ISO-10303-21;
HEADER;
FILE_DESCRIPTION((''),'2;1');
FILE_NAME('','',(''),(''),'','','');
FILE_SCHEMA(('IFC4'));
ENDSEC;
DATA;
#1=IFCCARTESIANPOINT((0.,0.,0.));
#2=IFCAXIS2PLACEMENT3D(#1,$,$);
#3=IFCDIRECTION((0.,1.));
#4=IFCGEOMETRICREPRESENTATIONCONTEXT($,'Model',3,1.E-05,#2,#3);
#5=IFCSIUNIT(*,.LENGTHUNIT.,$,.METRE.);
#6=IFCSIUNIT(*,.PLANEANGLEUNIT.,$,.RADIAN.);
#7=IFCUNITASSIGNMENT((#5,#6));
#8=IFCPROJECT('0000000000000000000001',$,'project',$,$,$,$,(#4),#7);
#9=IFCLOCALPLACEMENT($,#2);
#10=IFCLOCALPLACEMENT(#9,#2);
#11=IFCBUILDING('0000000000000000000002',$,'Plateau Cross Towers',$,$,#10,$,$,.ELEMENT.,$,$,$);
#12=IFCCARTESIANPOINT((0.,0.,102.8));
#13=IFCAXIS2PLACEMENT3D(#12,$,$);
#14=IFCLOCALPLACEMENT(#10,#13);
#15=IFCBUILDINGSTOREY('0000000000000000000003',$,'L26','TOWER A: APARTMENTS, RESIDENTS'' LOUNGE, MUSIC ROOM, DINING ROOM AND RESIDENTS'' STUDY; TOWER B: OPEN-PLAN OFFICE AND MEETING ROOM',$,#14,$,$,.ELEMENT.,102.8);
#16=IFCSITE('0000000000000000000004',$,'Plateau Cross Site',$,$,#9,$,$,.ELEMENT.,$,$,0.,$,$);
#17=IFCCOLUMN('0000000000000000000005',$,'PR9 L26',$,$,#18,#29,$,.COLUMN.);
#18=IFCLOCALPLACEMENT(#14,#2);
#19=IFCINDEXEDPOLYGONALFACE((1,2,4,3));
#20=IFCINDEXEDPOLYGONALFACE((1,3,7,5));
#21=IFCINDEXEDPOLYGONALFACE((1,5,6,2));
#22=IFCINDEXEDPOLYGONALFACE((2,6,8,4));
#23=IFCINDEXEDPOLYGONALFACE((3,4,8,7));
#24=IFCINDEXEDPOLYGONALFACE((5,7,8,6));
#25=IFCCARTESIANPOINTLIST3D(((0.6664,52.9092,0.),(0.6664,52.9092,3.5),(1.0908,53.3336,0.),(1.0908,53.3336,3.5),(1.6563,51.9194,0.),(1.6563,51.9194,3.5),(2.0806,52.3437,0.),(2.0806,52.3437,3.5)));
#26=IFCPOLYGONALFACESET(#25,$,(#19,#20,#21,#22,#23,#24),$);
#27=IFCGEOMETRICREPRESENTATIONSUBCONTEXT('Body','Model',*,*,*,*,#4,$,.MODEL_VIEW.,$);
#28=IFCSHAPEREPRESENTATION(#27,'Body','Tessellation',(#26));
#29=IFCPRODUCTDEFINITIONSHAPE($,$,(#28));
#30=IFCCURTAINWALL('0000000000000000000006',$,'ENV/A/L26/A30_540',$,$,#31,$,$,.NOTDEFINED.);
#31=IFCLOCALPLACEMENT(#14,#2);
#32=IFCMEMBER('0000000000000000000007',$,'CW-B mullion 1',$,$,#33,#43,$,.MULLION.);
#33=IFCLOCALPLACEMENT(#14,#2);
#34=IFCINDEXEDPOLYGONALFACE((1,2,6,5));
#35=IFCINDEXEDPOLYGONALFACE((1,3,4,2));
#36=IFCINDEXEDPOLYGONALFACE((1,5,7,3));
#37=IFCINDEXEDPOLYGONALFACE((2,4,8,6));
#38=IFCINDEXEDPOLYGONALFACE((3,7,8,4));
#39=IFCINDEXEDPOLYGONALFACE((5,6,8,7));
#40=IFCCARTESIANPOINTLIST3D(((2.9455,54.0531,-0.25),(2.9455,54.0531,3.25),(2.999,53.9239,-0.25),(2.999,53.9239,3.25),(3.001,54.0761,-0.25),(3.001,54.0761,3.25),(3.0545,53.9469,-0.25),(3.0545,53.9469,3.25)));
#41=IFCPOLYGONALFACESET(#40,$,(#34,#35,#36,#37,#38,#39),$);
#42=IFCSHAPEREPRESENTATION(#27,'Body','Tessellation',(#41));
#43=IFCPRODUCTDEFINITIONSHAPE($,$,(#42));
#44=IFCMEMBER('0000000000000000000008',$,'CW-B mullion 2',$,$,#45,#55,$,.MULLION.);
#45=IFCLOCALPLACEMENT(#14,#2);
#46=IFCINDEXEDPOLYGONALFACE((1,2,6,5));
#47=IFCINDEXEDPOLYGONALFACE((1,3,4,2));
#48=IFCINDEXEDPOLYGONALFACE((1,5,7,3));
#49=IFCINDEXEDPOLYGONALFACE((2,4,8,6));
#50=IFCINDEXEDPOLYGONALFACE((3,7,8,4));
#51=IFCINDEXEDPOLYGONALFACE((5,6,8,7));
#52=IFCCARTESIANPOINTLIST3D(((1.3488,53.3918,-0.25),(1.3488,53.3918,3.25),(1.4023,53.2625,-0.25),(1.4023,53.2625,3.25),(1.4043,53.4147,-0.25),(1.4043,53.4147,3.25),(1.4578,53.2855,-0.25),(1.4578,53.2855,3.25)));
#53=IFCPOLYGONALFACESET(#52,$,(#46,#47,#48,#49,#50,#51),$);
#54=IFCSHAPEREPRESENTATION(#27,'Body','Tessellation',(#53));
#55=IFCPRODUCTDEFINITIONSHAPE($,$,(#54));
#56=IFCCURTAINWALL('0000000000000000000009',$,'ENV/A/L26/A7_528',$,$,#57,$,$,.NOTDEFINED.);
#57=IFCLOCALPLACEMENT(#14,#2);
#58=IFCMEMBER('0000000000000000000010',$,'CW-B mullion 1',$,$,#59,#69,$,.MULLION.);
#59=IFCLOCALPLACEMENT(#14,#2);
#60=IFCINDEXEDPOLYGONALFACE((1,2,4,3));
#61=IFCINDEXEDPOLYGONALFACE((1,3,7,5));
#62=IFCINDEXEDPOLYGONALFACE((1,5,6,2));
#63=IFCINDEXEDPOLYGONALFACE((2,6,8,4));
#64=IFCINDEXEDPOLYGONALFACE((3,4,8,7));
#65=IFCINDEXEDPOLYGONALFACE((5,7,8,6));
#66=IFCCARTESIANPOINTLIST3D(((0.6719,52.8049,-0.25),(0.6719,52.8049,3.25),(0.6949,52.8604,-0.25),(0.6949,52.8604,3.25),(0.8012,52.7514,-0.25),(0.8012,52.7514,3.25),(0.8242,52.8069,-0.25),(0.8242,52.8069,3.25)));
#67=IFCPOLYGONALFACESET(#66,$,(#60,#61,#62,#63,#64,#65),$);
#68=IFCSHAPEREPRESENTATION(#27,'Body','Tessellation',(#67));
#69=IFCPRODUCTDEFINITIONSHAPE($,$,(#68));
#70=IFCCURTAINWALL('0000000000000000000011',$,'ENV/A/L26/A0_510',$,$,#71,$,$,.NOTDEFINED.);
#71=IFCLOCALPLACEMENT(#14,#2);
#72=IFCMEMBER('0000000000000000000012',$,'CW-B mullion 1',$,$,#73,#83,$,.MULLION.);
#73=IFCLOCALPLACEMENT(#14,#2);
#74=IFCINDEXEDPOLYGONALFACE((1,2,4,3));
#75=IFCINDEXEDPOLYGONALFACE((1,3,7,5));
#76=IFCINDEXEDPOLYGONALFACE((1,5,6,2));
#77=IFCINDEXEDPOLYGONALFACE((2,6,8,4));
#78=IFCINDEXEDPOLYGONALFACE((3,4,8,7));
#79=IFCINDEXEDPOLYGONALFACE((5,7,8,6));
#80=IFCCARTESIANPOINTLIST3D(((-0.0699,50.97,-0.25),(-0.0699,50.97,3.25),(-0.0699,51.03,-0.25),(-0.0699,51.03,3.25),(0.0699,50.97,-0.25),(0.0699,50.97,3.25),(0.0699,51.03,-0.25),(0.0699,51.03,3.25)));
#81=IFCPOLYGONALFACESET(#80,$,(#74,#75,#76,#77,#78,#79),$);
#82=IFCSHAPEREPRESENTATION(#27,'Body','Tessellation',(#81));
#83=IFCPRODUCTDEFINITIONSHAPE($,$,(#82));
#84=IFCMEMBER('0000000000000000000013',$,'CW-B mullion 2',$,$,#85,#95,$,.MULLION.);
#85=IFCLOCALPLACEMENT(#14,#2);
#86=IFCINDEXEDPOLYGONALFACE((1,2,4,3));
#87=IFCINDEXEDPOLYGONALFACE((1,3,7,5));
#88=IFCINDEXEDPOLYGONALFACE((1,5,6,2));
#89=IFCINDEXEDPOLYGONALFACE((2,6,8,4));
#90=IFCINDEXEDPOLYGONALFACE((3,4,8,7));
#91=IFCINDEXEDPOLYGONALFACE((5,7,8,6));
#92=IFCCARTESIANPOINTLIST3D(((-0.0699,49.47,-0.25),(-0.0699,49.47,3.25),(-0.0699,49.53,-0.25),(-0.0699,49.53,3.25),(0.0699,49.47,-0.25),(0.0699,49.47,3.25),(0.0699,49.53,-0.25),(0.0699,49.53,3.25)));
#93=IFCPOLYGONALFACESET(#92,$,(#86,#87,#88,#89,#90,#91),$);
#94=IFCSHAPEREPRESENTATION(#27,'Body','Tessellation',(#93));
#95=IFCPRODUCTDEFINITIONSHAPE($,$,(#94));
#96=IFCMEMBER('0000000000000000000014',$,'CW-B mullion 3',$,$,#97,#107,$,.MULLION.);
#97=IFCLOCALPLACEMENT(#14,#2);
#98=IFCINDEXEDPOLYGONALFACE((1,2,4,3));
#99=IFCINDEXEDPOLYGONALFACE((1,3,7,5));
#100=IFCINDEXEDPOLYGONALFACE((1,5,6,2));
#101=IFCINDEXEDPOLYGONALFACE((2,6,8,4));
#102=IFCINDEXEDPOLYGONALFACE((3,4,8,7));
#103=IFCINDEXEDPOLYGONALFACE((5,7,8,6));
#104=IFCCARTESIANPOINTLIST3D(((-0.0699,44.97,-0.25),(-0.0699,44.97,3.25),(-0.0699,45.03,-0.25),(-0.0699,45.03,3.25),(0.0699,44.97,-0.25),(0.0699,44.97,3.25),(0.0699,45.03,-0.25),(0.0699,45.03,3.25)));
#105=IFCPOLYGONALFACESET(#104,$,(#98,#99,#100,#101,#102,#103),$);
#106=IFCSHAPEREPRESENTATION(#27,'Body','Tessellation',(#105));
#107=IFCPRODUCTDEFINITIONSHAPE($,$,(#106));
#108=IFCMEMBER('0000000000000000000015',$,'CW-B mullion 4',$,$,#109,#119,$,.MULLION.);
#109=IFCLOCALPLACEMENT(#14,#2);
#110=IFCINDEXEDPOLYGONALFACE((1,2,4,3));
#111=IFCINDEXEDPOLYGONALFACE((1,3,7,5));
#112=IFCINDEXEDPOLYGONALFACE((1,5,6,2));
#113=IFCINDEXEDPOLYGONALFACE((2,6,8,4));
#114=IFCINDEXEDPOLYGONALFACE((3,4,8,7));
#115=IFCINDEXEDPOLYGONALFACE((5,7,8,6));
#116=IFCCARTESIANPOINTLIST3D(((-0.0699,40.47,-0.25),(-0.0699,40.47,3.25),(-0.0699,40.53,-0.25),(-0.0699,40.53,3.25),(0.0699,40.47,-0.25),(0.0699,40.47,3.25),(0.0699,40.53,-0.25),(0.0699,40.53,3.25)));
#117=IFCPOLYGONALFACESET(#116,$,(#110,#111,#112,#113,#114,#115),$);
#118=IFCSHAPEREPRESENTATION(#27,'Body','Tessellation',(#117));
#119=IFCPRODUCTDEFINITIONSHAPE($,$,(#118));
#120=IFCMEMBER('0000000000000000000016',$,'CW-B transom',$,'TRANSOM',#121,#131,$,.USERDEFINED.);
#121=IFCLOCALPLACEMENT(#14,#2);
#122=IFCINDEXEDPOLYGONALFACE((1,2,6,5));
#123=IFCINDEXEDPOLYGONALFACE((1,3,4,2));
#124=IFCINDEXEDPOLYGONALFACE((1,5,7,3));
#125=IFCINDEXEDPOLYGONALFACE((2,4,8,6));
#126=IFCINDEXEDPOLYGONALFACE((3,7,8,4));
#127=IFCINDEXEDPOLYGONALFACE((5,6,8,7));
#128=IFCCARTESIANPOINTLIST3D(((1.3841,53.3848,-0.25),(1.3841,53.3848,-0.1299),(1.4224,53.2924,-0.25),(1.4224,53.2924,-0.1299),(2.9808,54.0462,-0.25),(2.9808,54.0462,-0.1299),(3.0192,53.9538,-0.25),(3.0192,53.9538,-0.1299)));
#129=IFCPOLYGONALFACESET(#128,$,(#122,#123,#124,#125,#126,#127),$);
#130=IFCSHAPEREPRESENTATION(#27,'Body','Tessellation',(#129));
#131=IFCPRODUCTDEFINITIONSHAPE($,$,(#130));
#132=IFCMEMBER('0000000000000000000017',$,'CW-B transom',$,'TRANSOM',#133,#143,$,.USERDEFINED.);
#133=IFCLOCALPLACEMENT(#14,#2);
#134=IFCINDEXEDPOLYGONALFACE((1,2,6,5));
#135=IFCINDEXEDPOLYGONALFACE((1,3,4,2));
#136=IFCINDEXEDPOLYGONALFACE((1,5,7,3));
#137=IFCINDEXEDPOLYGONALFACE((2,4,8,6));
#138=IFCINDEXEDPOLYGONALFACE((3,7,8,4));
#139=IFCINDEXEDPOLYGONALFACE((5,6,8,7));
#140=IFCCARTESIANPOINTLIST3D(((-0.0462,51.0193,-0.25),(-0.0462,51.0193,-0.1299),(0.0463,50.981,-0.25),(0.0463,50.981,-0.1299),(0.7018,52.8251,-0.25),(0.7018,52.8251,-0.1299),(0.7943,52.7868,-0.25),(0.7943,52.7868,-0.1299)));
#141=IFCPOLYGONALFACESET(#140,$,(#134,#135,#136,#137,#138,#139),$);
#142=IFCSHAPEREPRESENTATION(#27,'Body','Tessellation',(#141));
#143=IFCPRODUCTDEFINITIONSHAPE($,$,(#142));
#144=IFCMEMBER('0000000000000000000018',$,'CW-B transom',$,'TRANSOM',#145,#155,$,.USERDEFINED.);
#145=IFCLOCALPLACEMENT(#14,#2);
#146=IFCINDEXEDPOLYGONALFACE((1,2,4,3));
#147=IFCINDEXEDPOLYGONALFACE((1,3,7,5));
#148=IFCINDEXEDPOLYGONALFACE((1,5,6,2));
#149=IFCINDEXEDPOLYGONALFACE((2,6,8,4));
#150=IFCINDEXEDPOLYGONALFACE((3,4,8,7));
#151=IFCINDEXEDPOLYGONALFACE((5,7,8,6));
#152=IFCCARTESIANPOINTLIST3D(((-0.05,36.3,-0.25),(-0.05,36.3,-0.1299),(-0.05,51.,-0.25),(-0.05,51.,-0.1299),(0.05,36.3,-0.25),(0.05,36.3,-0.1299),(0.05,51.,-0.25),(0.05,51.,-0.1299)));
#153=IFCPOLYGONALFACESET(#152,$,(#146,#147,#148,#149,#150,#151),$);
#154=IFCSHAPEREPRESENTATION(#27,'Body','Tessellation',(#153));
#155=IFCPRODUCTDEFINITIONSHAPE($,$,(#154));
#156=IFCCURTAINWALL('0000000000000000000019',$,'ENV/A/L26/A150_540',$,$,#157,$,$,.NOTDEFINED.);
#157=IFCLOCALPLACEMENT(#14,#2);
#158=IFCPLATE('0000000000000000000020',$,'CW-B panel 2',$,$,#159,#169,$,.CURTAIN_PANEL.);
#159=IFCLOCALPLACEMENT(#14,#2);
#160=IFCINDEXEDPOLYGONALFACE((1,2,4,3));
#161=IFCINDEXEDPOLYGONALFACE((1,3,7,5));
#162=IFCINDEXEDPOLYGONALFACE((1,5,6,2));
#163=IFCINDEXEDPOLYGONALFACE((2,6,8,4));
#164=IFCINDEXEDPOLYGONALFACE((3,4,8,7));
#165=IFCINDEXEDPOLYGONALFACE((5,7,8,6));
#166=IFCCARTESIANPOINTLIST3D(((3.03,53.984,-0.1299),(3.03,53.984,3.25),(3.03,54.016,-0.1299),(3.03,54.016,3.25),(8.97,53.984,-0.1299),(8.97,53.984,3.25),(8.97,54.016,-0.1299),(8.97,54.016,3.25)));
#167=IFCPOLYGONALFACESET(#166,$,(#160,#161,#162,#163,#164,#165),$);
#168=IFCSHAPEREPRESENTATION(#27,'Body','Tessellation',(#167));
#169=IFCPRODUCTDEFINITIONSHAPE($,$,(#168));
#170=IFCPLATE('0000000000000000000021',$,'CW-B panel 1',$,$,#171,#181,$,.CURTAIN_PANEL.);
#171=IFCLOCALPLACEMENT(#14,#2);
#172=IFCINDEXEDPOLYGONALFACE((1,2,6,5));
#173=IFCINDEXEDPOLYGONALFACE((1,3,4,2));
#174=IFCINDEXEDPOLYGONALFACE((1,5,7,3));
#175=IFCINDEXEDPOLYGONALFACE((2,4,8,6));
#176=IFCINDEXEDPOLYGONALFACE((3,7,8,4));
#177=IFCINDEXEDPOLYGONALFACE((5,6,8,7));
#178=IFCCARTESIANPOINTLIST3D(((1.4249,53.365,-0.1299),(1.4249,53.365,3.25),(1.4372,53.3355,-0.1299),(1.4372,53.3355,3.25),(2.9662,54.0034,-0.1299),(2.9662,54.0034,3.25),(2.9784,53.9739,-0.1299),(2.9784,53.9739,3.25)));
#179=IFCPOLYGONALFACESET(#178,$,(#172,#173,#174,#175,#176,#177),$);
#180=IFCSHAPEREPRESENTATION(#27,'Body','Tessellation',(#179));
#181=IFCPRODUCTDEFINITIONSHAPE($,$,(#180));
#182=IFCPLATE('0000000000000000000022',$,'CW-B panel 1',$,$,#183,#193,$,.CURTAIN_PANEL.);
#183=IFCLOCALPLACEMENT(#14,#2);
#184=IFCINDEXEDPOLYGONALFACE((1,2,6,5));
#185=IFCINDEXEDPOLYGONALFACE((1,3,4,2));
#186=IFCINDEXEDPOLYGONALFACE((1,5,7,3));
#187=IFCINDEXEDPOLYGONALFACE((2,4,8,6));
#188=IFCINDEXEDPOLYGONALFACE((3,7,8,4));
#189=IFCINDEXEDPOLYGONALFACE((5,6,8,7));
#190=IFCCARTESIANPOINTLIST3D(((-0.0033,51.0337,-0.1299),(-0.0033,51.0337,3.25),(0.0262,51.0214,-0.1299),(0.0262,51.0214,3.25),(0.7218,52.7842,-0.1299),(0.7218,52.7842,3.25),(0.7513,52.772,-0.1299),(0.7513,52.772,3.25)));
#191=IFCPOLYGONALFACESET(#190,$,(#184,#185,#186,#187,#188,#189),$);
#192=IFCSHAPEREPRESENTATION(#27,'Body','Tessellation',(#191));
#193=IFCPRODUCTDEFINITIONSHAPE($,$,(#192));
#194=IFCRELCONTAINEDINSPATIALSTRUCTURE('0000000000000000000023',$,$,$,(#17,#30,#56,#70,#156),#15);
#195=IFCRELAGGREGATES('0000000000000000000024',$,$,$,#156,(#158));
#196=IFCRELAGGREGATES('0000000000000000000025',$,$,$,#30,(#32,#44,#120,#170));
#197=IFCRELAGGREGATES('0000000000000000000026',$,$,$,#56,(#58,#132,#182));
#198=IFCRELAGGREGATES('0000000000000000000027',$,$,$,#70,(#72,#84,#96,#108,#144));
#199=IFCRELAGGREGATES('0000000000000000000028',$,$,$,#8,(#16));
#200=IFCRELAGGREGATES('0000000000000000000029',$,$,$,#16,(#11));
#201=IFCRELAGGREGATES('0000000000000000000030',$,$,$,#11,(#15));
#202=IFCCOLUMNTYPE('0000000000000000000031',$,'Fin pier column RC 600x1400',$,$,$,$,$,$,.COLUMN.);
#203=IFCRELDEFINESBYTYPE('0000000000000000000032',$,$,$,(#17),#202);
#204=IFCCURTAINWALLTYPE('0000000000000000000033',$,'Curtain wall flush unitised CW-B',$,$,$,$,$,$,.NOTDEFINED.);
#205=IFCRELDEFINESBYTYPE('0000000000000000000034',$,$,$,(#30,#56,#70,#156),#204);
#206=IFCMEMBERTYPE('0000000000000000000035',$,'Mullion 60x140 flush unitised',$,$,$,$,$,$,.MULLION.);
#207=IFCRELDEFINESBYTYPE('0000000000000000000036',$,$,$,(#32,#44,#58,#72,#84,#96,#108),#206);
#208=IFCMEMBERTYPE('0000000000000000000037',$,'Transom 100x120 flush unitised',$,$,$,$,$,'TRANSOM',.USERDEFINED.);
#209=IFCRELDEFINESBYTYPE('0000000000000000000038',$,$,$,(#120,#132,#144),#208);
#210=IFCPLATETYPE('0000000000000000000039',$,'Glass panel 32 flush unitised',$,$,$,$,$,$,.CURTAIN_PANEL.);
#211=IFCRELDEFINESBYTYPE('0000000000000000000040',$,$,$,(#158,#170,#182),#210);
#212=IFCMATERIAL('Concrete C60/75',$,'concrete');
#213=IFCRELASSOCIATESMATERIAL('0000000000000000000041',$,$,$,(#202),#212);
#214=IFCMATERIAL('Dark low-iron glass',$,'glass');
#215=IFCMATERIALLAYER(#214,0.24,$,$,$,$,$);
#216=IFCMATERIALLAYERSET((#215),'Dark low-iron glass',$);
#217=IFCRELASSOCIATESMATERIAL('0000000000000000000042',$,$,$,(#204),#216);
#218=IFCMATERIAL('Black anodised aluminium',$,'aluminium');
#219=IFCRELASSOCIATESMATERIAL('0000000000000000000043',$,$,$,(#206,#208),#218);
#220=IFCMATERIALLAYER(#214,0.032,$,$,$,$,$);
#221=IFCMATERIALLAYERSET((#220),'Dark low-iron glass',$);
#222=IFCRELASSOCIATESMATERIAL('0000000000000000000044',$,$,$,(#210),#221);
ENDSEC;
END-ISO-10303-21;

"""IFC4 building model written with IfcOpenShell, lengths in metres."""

from ifc_helpers import new_model, si_unit, direction, frame, origin, origin_2d, place, context, subcontext, project, spatial, rectangle, extrude, material, layer, layer_set, material_profile, profile_set, type_object, element, aggregate, save


model = new_model("IFC4")

# Units and contexts
model_context = context("Model", 3, precision=1e-05, world=origin(), true_north=direction((0.0, 1.0)))
body_context = subcontext(model_context, "Body", "Model", "MODEL_VIEW")
ifc_project = project(units=[si_unit("LENGTHUNIT", "METRE"), si_unit("PLANEANGLEUNIT", "RADIAN")], contexts=[model_context])

# Site, building, storey
site_placement = place(None, origin())
site = spatial("IfcSite", under=ifc_project, at=site_placement, Name="Plateau Cross Site", CompositionType="ELEMENT", RefElevation=0.0)
building_placement = place(site_placement, origin())
building = spatial("IfcBuilding", under=site, at=building_placement, Name="Plateau Cross Towers", CompositionType="ELEMENT")
storey_placement = place(building_placement, frame((0.0, 0.0, 102.8)))
storey = spatial("IfcBuildingStorey", under=building, at=storey_placement, Name="L26", Description="TOWER A: APARTMENTS, RESIDENTS' LOUNGE, MUSIC ROOM, DINING ROOM AND RESIDENTS' STUDY; TOWER B: OPEN-PLAN OFFICE AND MEETING ROOM", CompositionType="ELEMENT", Elevation=102.8)

# Column
ifc_material_1 = material(Name="Concrete C60/75", Category="concrete")
ifc_material_profile_1 = material_profile(ifc_material_1, rectangle(XDim=0.6001, YDim=1.3999, at=origin_2d()), Name="RC 600x1400")
ifc_profile_set_1 = profile_set([ifc_material_profile_1], Name="Concrete C60/75")
column_type = type_object("IfcColumnType", Name="Fin pier column RC 600x1400", PredefinedType="COLUMN", material=ifc_profile_set_1)
column_placement = place(storey_placement, frame((1.3735, 52.6265, 0.0), z_axis=(0.0, 0.0, 1.0), x_axis=(0.707107, 0.707107, 0.0)))
element("IfcColumn", 1, at=column_placement, inside=storey, type_object=column_type, Name="PR9 L26", PredefinedType="COLUMN", context=body_context, shape_type="SweptSolid", body=[
    extrude(rectangle(XDim=0.6001, YDim=1.3999, at=origin_2d()), origin(), (0.0, 0.0, 1.0), 3.5),
])

# Curtain wall, members
ifc_material_2 = material(Name="Dark low-iron glass", Category="glass")
ifc_layer_1 = layer(ifc_material_2, 0.24)
ifc_layer_set_1 = layer_set([ifc_layer_1], Name="Dark low-iron glass")
curtain_wall_type = type_object("IfcCurtainWallType", Name="Curtain wall flush unitised CW-B", PredefinedType="NOTDEFINED", material=ifc_layer_set_1)
curtain_wall_1_placement = place(storey_placement, origin())
curtain_wall_1 = element("IfcCurtainWall", 2, at=curtain_wall_1_placement, inside=storey, type_object=curtain_wall_type, Name="ENV/A/L26/A30_540", PredefinedType="NOTDEFINED")
ifc_material_3 = material(Name="Black anodised aluminium", Category="aluminium")
ifc_material_profile_2 = material_profile(ifc_material_3, rectangle(XDim=0.0601, YDim=0.1399, at=origin_2d()), Name="MULLION 60x140")
ifc_profile_set_2 = profile_set([ifc_material_profile_2], Name="Black anodised aluminium")
member_type_1 = type_object("IfcMemberType", Name="Mullion 60x140 flush unitised", PredefinedType="MULLION", material=ifc_profile_set_2)
member_1_placement = place(storey_placement, frame((3.0, 54.0, -0.25), z_axis=(0.0, 0.0, 1.0), x_axis=(-0.923879, -0.382684, 0.0)))
member_1 = element("IfcMember", 3, at=member_1_placement, type_object=member_type_1, Name="CW-B mullion 1", PredefinedType="MULLION", context=body_context, shape_type="SweptSolid", body=[
    extrude(rectangle(XDim=0.0601, YDim=0.1399, at=origin_2d()), origin(), (0.0, 0.0, 1.0), 3.5),
])
member_2_placement = place(storey_placement, frame((1.4033, 53.3386, -0.25), z_axis=(0.0, 0.0, 1.0), x_axis=(-0.923879, -0.382684, 0.0)))
member_2 = element("IfcMember", 4, at=member_2_placement, type_object=member_type_1, Name="CW-B mullion 2", PredefinedType="MULLION", context=body_context, shape_type="SweptSolid", body=[
    extrude(rectangle(XDim=0.0601, YDim=0.1399, at=origin_2d()), origin(), (0.0, 0.0, 1.0), 3.5),
])

# Curtain wall, member
curtain_wall_2_placement = place(storey_placement, origin())
curtain_wall_2 = element("IfcCurtainWall", 5, at=curtain_wall_2_placement, inside=storey, type_object=curtain_wall_type, Name="ENV/A/L26/A7_528", PredefinedType="NOTDEFINED")
member_3_placement = place(storey_placement, frame((0.748, 52.8059, -0.25), z_axis=(0.0, 0.0, 1.0), x_axis=(-0.382684, -0.923879, 0.0)))
member_3 = element("IfcMember", 6, at=member_3_placement, type_object=member_type_1, Name="CW-B mullion 1", PredefinedType="MULLION", context=body_context, shape_type="SweptSolid", body=[
    extrude(rectangle(XDim=0.0601, YDim=0.1399, at=origin_2d()), origin(), (0.0, 0.0, 1.0), 3.5),
])

# Curtain wall, members
curtain_wall_3_placement = place(storey_placement, origin())
curtain_wall_3 = element("IfcCurtainWall", 7, at=curtain_wall_3_placement, inside=storey, type_object=curtain_wall_type, Name="ENV/A/L26/A0_510", PredefinedType="NOTDEFINED")
member_4_placement = place(storey_placement, frame((0.0, 51.0, -0.25), z_axis=(0.0, 0.0, 1.0), x_axis=(0.0, -1.0, 0.0)))
member_4 = element("IfcMember", 8, at=member_4_placement, type_object=member_type_1, Name="CW-B mullion 1", PredefinedType="MULLION", context=body_context, shape_type="SweptSolid", body=[
    extrude(rectangle(XDim=0.0601, YDim=0.1399, at=origin_2d()), origin(), (0.0, 0.0, 1.0), 3.5),
])
member_5_placement = place(storey_placement, frame((0.0, 49.5, -0.25), z_axis=(0.0, 0.0, 1.0), x_axis=(0.0, -1.0, 0.0)))
member_5 = element("IfcMember", 9, at=member_5_placement, type_object=member_type_1, Name="CW-B mullion 2", PredefinedType="MULLION", context=body_context, shape_type="SweptSolid", body=[
    extrude(rectangle(XDim=0.0601, YDim=0.1399, at=origin_2d()), origin(), (0.0, 0.0, 1.0), 3.5),
])
member_6_placement = place(storey_placement, frame((0.0, 45.0, -0.25), z_axis=(0.0, 0.0, 1.0), x_axis=(0.0, -1.0, 0.0)))
member_6 = element("IfcMember", 10, at=member_6_placement, type_object=member_type_1, Name="CW-B mullion 3", PredefinedType="MULLION", context=body_context, shape_type="SweptSolid", body=[
    extrude(rectangle(XDim=0.0601, YDim=0.1399, at=origin_2d()), origin(), (0.0, 0.0, 1.0), 3.5),
])
member_7_placement = place(storey_placement, frame((0.0, 40.5, -0.25), z_axis=(0.0, 0.0, 1.0), x_axis=(0.0, -1.0, 0.0)))
member_7 = element("IfcMember", 11, at=member_7_placement, type_object=member_type_1, Name="CW-B mullion 4", PredefinedType="MULLION", context=body_context, shape_type="SweptSolid", body=[
    extrude(rectangle(XDim=0.0601, YDim=0.1399, at=origin_2d()), origin(), (0.0, 0.0, 1.0), 3.5),
])

# Members
ifc_material_profile_3 = material_profile(ifc_material_3, rectangle(XDim=0.1001, YDim=0.1201, at=origin_2d()), Name="TRANSOM 100x120")
ifc_profile_set_3 = profile_set([ifc_material_profile_3], Name="Black anodised aluminium")
member_type_2 = type_object("IfcMemberType", Name="Transom 100x120 flush unitised", ElementType="TRANSOM", PredefinedType="USERDEFINED", material=ifc_profile_set_3)
member_8_placement = place(storey_placement, frame((3.0, 54.0, -0.1899), z_axis=(-0.923877, -0.382689, 0.0), x_axis=(0.382689, -0.923877, 0.0)))
member_8 = element("IfcMember", 12, at=member_8_placement, type_object=member_type_2, Name="CW-B transom", ObjectType="TRANSOM", PredefinedType="USERDEFINED", context=body_context, shape_type="SweptSolid", body=[
    extrude(rectangle(XDim=0.1001, YDim=0.1201, at=origin_2d()), origin(), (0.0, 0.0, 1.0), 1.7283),
])
member_9_placement = place(storey_placement, frame((0.748, 52.8059, -0.1899), z_axis=(-0.38269, -0.923877, 0.0), x_axis=(0.923877, -0.38269, 0.0)))
member_9 = element("IfcMember", 13, at=member_9_placement, type_object=member_type_2, Name="CW-B transom", ObjectType="TRANSOM", PredefinedType="USERDEFINED", context=body_context, shape_type="SweptSolid", body=[
    extrude(rectangle(XDim=0.1001, YDim=0.1201, at=origin_2d()), origin(), (0.0, 0.0, 1.0), 1.9546),
])
member_10_placement = place(storey_placement, frame((0.0, 51.0, -0.1899), z_axis=(0.0, -1.0, 0.0), x_axis=(1.0, 0.0, 0.0)))
member_10 = element("IfcMember", 14, at=member_10_placement, type_object=member_type_2, Name="CW-B transom", ObjectType="TRANSOM", PredefinedType="USERDEFINED", context=body_context, shape_type="SweptSolid", body=[
    extrude(rectangle(XDim=0.1001, YDim=0.1201, at=origin_2d()), origin(), (0.0, 0.0, 1.0), 14.7),
])

# Curtain wall, plate
curtain_wall_4_placement = place(storey_placement, origin())
curtain_wall_4 = element("IfcCurtainWall", 15, at=curtain_wall_4_placement, inside=storey, type_object=curtain_wall_type, Name="ENV/A/L26/A150_540", PredefinedType="NOTDEFINED")
ifc_layer_2 = layer(ifc_material_2, 0.032)
ifc_layer_set_2 = layer_set([ifc_layer_2], Name="Dark low-iron glass")
plate_type = type_object("IfcPlateType", Name="Glass panel 32 flush unitised", PredefinedType="CURTAIN_PANEL", material=ifc_layer_set_2)
plate_1_placement = place(storey_placement, frame((6.0, 54.0, -0.1299), z_axis=(0.0, 0.0, 1.0), x_axis=(-1.0, 0.0, 0.0)))
plate_1 = element("IfcPlate", 16, at=plate_1_placement, type_object=plate_type, Name="CW-B panel 2", PredefinedType="CURTAIN_PANEL", context=body_context, shape_type="SweptSolid", body=[
    extrude(rectangle(XDim=5.9399, YDim=0.032, at=origin_2d()), origin(), (0.0, 0.0, 1.0), 3.3799),
])
aggregate(curtain_wall_4, [plate_1])

# Plates
plate_2_placement = place(storey_placement, frame((2.2017, 53.6694, -0.1299), z_axis=(0.0, 0.0, 1.0), x_axis=(-0.923879, -0.382684, 0.0)))
plate_2 = element("IfcPlate", 17, at=plate_2_placement, type_object=plate_type, Name="CW-B panel 1", PredefinedType="CURTAIN_PANEL", context=body_context, shape_type="SweptSolid", body=[
    extrude(rectangle(XDim=1.6682, YDim=0.032, at=origin_2d()), origin(), (0.0, 0.0, 1.0), 3.3799),
])
aggregate(curtain_wall_1, [member_1, member_2, member_8, plate_2])
plate_3_placement = place(storey_placement, frame((0.374, 51.9028, -0.1299), z_axis=(0.0, 0.0, 1.0), x_axis=(-0.382684, -0.923879, 0.0)))
plate_3 = element("IfcPlate", 18, at=plate_3_placement, type_object=plate_type, Name="CW-B panel 1", PredefinedType="CURTAIN_PANEL", context=body_context, shape_type="SweptSolid", body=[
    extrude(rectangle(XDim=1.8948, YDim=0.032, at=origin_2d()), origin(), (0.0, 0.0, 1.0), 3.3799),
])
aggregate(curtain_wall_2, [member_3, member_9, plate_3])
aggregate(curtain_wall_3, [member_4, member_5, member_6, member_7, member_10])

save(model, "model.ifc")
